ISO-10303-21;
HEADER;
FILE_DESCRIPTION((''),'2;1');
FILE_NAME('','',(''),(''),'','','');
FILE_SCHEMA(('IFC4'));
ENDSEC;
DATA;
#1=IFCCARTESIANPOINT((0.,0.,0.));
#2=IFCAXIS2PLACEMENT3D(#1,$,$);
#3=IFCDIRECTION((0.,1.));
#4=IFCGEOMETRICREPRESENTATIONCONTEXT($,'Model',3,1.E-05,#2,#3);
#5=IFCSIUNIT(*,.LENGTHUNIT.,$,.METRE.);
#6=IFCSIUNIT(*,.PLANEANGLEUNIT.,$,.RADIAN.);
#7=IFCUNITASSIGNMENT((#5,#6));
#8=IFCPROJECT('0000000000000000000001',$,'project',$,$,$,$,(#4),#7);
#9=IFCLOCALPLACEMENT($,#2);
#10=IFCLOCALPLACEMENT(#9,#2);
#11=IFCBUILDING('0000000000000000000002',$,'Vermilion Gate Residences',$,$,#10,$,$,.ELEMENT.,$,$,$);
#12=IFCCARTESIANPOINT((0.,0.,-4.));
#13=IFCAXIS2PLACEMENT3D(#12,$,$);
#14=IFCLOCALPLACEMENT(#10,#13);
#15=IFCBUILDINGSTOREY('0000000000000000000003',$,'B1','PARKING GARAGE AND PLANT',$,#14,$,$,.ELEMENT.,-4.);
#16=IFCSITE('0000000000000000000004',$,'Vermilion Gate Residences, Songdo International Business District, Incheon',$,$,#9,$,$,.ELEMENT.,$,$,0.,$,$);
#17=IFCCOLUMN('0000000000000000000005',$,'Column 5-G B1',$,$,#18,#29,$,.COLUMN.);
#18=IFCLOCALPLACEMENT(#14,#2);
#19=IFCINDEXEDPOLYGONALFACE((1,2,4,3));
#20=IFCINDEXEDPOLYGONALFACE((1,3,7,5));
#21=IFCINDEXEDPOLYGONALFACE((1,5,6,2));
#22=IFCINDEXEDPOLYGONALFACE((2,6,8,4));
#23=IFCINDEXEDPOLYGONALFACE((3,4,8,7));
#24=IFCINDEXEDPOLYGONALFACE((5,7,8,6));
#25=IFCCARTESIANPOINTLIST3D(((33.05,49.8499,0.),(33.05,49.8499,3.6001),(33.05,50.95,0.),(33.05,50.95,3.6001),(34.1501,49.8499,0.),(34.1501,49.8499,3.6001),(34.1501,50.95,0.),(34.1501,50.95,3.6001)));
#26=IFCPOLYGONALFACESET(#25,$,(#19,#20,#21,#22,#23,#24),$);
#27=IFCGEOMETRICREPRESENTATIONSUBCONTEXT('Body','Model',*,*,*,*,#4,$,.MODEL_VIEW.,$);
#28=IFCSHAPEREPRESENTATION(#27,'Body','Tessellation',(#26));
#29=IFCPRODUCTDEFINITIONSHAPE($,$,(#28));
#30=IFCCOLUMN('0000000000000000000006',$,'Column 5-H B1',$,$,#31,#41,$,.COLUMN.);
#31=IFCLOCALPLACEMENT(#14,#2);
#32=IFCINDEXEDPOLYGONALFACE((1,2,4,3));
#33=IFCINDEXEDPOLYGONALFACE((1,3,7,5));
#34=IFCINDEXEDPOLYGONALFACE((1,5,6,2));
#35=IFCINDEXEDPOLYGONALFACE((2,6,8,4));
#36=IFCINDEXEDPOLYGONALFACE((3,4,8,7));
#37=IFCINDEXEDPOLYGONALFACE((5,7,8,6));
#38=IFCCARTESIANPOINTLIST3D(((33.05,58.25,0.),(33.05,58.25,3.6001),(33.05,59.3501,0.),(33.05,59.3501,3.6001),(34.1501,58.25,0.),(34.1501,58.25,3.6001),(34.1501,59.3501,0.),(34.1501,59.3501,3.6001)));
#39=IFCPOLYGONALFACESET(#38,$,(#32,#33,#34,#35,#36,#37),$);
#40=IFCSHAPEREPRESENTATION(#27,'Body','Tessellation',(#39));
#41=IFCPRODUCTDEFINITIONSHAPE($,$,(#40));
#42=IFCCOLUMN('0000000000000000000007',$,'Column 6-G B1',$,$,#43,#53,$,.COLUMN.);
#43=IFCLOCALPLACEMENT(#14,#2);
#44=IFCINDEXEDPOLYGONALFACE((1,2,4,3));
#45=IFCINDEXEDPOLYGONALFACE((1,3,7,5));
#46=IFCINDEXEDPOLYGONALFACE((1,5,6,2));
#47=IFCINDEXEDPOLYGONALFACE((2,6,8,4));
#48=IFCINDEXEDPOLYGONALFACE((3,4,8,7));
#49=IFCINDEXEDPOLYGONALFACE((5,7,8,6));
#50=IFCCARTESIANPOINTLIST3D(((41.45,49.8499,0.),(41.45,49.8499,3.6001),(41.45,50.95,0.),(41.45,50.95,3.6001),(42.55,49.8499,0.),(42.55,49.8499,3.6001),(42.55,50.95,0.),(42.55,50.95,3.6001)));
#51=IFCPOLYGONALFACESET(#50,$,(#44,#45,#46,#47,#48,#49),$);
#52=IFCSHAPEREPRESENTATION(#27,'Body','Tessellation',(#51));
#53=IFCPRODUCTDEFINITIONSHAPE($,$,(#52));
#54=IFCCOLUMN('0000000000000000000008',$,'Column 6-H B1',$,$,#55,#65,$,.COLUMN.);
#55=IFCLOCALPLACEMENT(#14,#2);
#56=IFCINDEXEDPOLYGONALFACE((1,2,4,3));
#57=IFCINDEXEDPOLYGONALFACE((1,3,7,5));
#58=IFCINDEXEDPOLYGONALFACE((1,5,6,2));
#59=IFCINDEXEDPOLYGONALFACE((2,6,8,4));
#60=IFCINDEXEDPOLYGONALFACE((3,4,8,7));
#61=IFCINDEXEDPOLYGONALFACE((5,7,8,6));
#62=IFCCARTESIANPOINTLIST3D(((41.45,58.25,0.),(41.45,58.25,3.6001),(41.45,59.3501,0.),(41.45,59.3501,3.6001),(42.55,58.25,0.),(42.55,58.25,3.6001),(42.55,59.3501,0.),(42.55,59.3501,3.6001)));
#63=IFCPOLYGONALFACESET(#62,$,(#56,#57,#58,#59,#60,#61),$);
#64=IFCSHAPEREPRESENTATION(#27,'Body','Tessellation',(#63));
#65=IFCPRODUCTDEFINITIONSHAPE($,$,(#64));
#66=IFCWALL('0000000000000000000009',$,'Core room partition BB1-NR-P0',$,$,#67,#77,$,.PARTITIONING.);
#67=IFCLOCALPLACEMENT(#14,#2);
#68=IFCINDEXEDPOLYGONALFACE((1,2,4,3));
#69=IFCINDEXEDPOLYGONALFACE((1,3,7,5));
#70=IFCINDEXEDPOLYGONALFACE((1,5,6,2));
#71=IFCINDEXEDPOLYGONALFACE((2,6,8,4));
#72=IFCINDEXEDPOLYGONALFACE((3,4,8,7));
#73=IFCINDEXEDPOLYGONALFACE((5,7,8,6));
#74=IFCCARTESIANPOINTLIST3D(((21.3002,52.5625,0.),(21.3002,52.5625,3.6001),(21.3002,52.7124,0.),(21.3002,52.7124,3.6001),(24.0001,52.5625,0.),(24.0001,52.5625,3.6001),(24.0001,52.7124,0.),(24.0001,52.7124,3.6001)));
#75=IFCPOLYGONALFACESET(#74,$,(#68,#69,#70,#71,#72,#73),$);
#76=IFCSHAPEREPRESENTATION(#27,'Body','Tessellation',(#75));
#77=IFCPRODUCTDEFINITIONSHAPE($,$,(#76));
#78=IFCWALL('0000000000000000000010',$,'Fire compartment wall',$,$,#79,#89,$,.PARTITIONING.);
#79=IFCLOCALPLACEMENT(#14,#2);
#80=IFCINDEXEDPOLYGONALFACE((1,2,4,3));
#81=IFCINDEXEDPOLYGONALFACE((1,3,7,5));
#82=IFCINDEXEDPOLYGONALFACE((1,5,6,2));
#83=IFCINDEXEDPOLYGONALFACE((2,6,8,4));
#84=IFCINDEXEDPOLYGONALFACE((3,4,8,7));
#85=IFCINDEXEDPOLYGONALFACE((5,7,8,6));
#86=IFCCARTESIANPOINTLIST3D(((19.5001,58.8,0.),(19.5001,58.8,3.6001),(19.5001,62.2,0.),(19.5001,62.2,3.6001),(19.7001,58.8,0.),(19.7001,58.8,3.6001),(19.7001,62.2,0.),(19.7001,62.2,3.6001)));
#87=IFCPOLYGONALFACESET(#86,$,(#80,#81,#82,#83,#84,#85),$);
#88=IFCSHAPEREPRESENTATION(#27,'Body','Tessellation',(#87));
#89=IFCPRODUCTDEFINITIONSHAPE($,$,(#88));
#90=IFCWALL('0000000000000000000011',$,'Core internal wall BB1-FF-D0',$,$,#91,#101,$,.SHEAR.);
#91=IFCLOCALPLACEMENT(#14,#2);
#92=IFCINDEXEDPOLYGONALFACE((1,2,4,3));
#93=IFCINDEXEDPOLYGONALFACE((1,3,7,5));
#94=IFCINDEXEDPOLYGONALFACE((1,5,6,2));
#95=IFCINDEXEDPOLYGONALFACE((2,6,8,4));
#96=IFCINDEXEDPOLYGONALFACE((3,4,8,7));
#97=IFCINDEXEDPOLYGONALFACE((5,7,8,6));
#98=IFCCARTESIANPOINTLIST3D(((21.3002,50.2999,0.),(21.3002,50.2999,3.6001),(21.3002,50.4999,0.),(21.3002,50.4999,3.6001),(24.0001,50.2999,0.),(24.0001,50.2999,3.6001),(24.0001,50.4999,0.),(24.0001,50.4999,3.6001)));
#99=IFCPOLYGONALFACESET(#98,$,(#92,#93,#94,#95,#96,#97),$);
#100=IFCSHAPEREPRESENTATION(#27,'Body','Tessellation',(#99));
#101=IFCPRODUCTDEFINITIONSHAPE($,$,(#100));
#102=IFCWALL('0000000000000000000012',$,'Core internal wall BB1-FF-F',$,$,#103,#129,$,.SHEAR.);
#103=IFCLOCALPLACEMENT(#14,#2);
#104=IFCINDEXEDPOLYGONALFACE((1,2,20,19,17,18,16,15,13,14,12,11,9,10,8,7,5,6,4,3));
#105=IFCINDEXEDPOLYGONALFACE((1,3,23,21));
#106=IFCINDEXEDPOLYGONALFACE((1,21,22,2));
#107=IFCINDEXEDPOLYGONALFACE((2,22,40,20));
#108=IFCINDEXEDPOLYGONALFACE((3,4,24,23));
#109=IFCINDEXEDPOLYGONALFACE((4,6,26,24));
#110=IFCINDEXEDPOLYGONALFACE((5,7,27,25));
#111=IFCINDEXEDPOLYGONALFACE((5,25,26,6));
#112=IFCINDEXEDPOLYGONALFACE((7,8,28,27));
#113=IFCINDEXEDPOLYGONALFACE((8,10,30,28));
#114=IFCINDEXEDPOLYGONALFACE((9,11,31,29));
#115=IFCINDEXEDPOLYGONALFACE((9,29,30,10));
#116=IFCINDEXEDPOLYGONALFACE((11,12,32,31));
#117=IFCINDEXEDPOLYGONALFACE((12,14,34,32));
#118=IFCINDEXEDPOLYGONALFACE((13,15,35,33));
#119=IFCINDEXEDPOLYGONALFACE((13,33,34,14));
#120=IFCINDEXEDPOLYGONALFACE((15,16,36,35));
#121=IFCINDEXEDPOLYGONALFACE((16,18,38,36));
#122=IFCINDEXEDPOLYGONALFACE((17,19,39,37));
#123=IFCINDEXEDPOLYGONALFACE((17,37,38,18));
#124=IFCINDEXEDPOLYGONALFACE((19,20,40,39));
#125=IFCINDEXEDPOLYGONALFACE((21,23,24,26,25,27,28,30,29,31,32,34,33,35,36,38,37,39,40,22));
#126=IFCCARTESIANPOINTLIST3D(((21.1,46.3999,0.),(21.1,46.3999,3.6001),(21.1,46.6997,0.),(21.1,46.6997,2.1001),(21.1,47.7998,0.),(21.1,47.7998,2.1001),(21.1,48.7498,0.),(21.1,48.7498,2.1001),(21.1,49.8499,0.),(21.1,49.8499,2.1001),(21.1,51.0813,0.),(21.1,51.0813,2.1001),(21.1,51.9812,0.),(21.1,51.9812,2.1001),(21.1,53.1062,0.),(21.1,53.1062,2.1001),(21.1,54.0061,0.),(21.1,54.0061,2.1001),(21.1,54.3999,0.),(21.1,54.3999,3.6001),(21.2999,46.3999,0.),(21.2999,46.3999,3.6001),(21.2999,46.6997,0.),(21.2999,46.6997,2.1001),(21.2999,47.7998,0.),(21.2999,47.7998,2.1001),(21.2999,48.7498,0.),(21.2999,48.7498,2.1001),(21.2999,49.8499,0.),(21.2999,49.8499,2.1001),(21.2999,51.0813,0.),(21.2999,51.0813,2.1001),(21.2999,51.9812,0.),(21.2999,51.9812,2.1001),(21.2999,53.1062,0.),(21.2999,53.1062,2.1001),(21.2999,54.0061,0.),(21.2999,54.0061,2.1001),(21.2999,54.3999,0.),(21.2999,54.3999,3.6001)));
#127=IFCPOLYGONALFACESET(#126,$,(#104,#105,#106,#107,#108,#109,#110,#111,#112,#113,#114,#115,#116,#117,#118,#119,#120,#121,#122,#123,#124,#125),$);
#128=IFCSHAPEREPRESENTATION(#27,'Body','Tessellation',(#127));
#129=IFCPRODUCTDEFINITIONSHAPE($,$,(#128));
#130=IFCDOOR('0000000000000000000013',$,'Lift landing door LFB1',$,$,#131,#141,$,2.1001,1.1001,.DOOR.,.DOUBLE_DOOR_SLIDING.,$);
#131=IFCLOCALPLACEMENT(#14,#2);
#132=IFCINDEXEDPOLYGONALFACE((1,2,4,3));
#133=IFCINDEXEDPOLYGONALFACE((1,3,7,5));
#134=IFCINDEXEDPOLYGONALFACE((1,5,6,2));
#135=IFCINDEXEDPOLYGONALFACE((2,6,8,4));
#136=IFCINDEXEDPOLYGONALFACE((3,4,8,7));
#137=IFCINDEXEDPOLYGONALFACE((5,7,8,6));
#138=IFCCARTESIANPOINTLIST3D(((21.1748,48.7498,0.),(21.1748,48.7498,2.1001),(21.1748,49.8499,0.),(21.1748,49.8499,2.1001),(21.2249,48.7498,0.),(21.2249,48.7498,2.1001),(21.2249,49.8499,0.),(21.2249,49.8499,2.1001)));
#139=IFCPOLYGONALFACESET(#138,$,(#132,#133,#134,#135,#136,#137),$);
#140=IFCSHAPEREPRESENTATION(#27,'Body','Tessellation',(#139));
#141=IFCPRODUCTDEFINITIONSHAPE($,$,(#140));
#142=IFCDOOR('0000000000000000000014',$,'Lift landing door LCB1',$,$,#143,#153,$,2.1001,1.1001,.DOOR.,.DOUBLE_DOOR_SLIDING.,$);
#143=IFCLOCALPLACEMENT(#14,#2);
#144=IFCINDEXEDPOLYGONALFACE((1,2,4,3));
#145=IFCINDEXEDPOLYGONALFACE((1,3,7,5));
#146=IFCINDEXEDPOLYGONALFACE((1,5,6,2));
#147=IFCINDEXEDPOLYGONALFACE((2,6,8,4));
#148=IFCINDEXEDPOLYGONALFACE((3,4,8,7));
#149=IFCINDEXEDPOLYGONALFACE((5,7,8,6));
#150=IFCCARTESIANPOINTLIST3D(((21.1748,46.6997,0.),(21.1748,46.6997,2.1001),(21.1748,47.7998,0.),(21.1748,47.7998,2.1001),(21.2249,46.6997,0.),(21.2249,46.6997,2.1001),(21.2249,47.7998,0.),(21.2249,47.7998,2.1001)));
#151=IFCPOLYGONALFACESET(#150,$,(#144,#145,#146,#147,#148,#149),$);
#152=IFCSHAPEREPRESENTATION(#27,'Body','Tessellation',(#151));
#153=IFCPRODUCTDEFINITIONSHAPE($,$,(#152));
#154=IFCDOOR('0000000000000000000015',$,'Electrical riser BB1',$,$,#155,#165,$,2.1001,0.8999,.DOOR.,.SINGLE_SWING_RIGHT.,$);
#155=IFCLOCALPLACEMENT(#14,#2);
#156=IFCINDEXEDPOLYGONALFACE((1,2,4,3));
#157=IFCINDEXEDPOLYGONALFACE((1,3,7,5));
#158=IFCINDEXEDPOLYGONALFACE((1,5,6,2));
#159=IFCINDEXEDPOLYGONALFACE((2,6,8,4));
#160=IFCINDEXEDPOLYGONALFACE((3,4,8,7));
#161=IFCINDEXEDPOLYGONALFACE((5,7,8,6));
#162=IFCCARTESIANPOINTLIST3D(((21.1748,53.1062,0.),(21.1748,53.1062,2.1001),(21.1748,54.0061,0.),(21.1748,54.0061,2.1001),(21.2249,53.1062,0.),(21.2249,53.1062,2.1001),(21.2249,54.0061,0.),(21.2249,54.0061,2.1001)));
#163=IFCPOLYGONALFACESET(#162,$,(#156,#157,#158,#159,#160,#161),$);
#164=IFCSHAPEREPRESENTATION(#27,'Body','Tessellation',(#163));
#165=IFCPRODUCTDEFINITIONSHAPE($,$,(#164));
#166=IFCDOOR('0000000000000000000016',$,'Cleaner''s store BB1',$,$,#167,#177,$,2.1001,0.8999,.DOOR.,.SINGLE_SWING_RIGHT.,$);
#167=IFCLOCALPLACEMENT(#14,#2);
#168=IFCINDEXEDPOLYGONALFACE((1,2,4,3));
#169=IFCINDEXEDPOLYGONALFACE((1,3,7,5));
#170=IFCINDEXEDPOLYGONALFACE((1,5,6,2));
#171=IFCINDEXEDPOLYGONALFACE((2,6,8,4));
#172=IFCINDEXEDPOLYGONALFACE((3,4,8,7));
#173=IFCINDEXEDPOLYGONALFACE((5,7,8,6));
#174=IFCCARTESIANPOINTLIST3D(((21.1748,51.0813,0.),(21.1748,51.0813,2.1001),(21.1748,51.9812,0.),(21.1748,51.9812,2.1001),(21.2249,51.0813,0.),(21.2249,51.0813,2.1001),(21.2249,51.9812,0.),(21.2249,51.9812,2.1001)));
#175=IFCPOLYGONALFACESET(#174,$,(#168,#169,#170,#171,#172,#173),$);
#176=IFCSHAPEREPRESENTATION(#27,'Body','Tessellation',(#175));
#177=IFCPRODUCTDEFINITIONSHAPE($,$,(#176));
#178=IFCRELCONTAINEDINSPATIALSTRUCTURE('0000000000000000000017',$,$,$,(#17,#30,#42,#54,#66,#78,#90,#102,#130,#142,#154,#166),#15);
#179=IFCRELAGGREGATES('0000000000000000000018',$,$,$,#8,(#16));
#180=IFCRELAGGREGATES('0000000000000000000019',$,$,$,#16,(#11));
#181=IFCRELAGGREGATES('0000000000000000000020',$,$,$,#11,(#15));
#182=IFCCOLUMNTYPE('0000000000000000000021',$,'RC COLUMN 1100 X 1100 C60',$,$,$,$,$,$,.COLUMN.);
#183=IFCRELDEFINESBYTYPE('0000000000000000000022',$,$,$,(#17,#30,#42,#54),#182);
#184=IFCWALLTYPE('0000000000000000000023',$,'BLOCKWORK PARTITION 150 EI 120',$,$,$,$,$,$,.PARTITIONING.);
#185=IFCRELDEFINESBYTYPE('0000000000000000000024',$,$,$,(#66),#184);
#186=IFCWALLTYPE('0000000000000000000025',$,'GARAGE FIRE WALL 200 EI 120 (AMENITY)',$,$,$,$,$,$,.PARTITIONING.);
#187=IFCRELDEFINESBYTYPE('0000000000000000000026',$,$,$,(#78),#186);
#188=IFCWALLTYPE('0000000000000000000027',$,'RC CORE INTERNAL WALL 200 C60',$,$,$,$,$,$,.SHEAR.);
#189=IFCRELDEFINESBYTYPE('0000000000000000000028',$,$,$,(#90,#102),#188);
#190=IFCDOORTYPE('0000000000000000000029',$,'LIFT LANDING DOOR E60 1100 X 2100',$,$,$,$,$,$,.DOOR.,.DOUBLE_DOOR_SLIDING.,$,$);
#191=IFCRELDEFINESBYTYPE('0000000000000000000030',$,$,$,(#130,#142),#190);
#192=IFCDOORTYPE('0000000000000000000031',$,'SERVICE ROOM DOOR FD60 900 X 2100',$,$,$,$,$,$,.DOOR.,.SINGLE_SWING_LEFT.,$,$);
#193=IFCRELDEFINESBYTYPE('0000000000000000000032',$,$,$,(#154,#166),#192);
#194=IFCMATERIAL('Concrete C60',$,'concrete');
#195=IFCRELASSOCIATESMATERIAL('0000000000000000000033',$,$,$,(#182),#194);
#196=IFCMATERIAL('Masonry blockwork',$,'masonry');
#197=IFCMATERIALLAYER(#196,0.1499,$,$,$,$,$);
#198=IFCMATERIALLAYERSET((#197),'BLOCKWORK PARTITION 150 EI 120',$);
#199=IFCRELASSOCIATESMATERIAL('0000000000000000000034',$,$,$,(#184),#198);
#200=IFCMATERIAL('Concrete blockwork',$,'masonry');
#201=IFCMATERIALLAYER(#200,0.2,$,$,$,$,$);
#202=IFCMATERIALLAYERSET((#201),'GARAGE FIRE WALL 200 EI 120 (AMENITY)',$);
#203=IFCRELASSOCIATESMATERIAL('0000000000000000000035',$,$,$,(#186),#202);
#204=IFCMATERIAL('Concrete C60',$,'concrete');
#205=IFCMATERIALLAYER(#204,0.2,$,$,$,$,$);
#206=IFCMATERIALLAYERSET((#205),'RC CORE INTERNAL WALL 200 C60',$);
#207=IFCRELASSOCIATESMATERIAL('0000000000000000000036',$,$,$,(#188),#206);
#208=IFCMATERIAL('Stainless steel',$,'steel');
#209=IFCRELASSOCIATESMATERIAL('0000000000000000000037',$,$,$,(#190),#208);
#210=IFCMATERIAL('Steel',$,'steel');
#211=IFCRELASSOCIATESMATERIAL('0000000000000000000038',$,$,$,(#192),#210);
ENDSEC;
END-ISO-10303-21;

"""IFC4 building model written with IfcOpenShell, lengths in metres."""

from ifc_helpers import new_model, si_unit, direction, frame, frame_2d, origin, origin_2d, place, context, subcontext, project, spatial, rectangle, extrude, material, layer, layer_set, material_profile, profile_set, type_object, element, fill, save


model = new_model("IFC4")

# Units and contexts
model_context = context("Model", 3, precision=1e-05, world=origin(), true_north=direction((0.0, 1.0)))
body_context = subcontext(model_context, "Body", "Model", "MODEL_VIEW")
ifc_project = project(units=[si_unit("LENGTHUNIT", "METRE"), si_unit("PLANEANGLEUNIT", "RADIAN")], contexts=[model_context])

# Site, building, storey
site_placement = place(None, origin())
site = spatial("IfcSite", under=ifc_project, at=site_placement, Name="Vermilion Gate Residences, Songdo International Business District, Incheon", CompositionType="ELEMENT", RefElevation=0.0)
building_placement = place(site_placement, origin())
building = spatial("IfcBuilding", under=site, at=building_placement, Name="Vermilion Gate Residences", CompositionType="ELEMENT")
storey_placement = place(building_placement, frame((0.0, 0.0, -4.0)))
storey = spatial("IfcBuildingStorey", under=building, at=storey_placement, Name="B1", Description="PARKING GARAGE AND PLANT", CompositionType="ELEMENT", Elevation=-4.0)

# Columns
ifc_material_1 = material(Name="Concrete C60", Category="concrete")
ifc_material_profile = material_profile(ifc_material_1, rectangle(XDim=1.1001, YDim=1.1001, at=origin_2d()), Name="RC-1100x1100")
ifc_profile_set = profile_set([ifc_material_profile], Name="Concrete C60")
column_type = type_object("IfcColumnType", Name="RC COLUMN 1100 X 1100 C60", PredefinedType="COLUMN", material=ifc_profile_set)
for number, where, z_axis, x_axis, name in (
    (1, (33.6001, 50.3999, 0.0), (0.0, 0.0, 1.0), (1.0, 0.0, 0.0), "Column 5-G B1"),
    (2, (33.6001, 58.8, 0.0), (0.0, 0.0, 1.0), (1.0, 0.0, 0.0), "Column 5-H B1"),
    (3, (42.0, 50.3999, 0.0), (0.0, 0.0, 1.0), (1.0, 0.0, 0.0), "Column 6-G B1"),
    (4, (42.0, 58.8, 0.0), (0.0, 0.0, 1.0), (1.0, 0.0, 0.0), "Column 6-H B1"),
):
    element("IfcColumn", number, at=place(storey_placement, frame(where, z_axis=z_axis, x_axis=x_axis)), inside=storey, type_object=column_type, Name=name, PredefinedType="COLUMN", context=body_context, shape_type="SweptSolid", body=[
        extrude(rectangle(XDim=1.1001, YDim=1.1001, at=origin_2d()), origin(), (0.0, 0.0, 1.0), 3.6001),
    ])

# Walls
ifc_material_2 = material(Name="Masonry blockwork", Category="masonry")
ifc_layer_1 = layer(ifc_material_2, 0.1499)
ifc_layer_set_1 = layer_set([ifc_layer_1], Name="BLOCKWORK PARTITION 150 EI 120")
wall_type_1 = type_object("IfcWallType", Name="BLOCKWORK PARTITION 150 EI 120", PredefinedType="PARTITIONING", material=ifc_layer_set_1)
wall_1_placement = place(storey_placement, frame((21.3, 52.6375, 0.0), z_axis=(0.0, 0.0, 1.0), x_axis=(1.0, 0.0, 0.0)))
element("IfcWall", 5, at=wall_1_placement, inside=storey, type_object=wall_type_1, Name="Core room partition BB1-NR-P0", PredefinedType="PARTITIONING", context=body_context, shape_type="SweptSolid", body=[
    extrude(rectangle(XDim=2.7, YDim=0.1499, at=frame_2d((1.3501, 0.0))), origin(), (0.0, 0.0, 1.0), 3.6001),
])
ifc_material_3 = material(Name="Concrete blockwork", Category="masonry")
ifc_layer_2 = layer(ifc_material_3, 0.2)
ifc_layer_set_2 = layer_set([ifc_layer_2], Name="GARAGE FIRE WALL 200 EI 120 (AMENITY)")
wall_type_2 = type_object("IfcWallType", Name="GARAGE FIRE WALL 200 EI 120 (AMENITY)", PredefinedType="PARTITIONING", material=ifc_layer_set_2)
wall_2_placement = place(storey_placement, frame((19.6001, 58.8, 0.0), z_axis=(0.0, 0.0, 1.0), x_axis=(0.0, 1.0, 0.0)))
element("IfcWall", 6, at=wall_2_placement, inside=storey, type_object=wall_type_2, Name="Fire compartment wall", PredefinedType="PARTITIONING", context=body_context, shape_type="SweptSolid", body=[
    extrude(rectangle(XDim=3.3999, YDim=0.2, at=frame_2d((1.7, 0.0))), origin(), (0.0, 0.0, 1.0), 3.6001),
])

# Wall
ifc_material_4 = material(Name="Concrete C60", Category="concrete")
ifc_layer_3 = layer(ifc_material_4, 0.2)
ifc_layer_set_3 = layer_set([ifc_layer_3], Name="RC CORE INTERNAL WALL 200 C60")
wall_type_3 = type_object("IfcWallType", Name="RC CORE INTERNAL WALL 200 C60", PredefinedType="SHEAR", material=ifc_layer_set_3)
wall_3_placement = place(storey_placement, frame((21.3, 50.3999, 0.0), z_axis=(0.0, 0.0, 1.0), x_axis=(1.0, 0.0, 0.0)))
element("IfcWall", 7, at=wall_3_placement, inside=storey, type_object=wall_type_3, Name="Core internal wall BB1-FF-D0", PredefinedType="SHEAR", context=body_context, shape_type="SweptSolid", body=[
    extrude(rectangle(XDim=2.7, YDim=0.2, at=frame_2d((1.3501, 0.0))), origin(), (0.0, 0.0, 1.0), 3.6001),
])

# Wall, openings, doors
wall_4_placement = place(storey_placement, frame((21.2, 54.3999, 0.0), z_axis=(0.0, 0.0, 1.0), x_axis=(0.0, -1.0, 0.0)))
wall_4 = element("IfcWall", 8, at=wall_4_placement, inside=storey, type_object=wall_type_3, Name="Core internal wall BB1-FF-F", PredefinedType="SHEAR", context=body_context, shape_type="SweptSolid", body=[
    extrude(rectangle(XDim=8.0, YDim=0.2, at=frame_2d((4.0, 0.0))), origin(), (0.0, 0.0, 1.0), 3.6001),
])
opening_1_placement = place(wall_4_placement, frame((0.3938, 0.0, 0.0)))
opening_1 = element("IfcOpeningElement", 9, at=opening_1_placement, cuts=wall_4, PredefinedType="OPENING", context=body_context, shape_type="SweptSolid", body=[
    extrude(rectangle(XDim=0.8999, YDim=2.1001, at=frame_2d((0.45, 1.05))), frame((0.0, 0.1099, 0.0), z_axis=(0.0, -1.0, 0.0), x_axis=(1.0, 0.0, 0.0)), (0.0, 0.0, 1.0), 0.22),
])
opening_2_placement = place(wall_4_placement, frame((2.4187, 0.0, 0.0)))
opening_2 = element("IfcOpeningElement", 10, at=opening_2_placement, cuts=wall_4, PredefinedType="OPENING", context=body_context, shape_type="SweptSolid", body=[
    extrude(rectangle(XDim=0.8999, YDim=2.1001, at=frame_2d((0.45, 1.05))), frame((0.0, 0.1099, 0.0), z_axis=(0.0, -1.0, 0.0), x_axis=(1.0, 0.0, 0.0)), (0.0, 0.0, 1.0), 0.22),
])
opening_3_placement = place(wall_4_placement, frame((4.55, 0.0, 0.0)))
opening_3 = element("IfcOpeningElement", 11, at=opening_3_placement, cuts=wall_4, PredefinedType="OPENING", context=body_context, shape_type="SweptSolid", body=[
    extrude(rectangle(XDim=1.1001, YDim=2.1001, at=frame_2d((0.55, 1.05))), frame((0.0, 0.1099, 0.0), z_axis=(0.0, -1.0, 0.0), x_axis=(1.0, 0.0, 0.0)), (0.0, 0.0, 1.0), 0.22),
])
opening_4_placement = place(wall_4_placement, frame((6.6001, 0.0, 0.0)))
opening_4 = element("IfcOpeningElement", 12, at=opening_4_placement, cuts=wall_4, PredefinedType="OPENING", context=body_context, shape_type="SweptSolid", body=[
    extrude(rectangle(XDim=1.1001, YDim=2.1001, at=frame_2d((0.55, 1.05))), frame((0.0, 0.1099, 0.0), z_axis=(0.0, -1.0, 0.0), x_axis=(1.0, 0.0, 0.0)), (0.0, 0.0, 1.0), 0.22),
])
ifc_material_5 = material(Name="Stainless steel", Category="steel")
door_type_1 = type_object("IfcDoorType", Name="LIFT LANDING DOOR E60 1100 X 2100", OperationType="DOUBLE_DOOR_SLIDING", PredefinedType="DOOR", material=ifc_material_5)
door_1_placement = place(opening_3_placement, origin())
door_1 = element("IfcDoor", 13, at=door_1_placement, inside=storey, type_object=door_type_1, Name="Lift landing door LFB1", OperationType="DOUBLE_DOOR_SLIDING", OverallHeight=2.1001, OverallWidth=1.1001, PredefinedType="DOOR", context=body_context, shape_type="SweptSolid", body=[
    extrude(rectangle(XDim=1.1001, YDim=2.1001, at=frame_2d((0.55, 1.05))), frame((0.0, 0.0249, 0.0), z_axis=(0.0, -1.0, 0.0), x_axis=(1.0, 0.0, 0.0)), (0.0, 0.0, 1.0), 0.05),
])
fill(opening_3, door_1)
door_2_placement = place(opening_4_placement, origin())
door_2 = element("IfcDoor", 14, at=door_2_placement, inside=storey, type_object=door_type_1, Name="Lift landing door LCB1", OperationType="DOUBLE_DOOR_SLIDING", OverallHeight=2.1001, OverallWidth=1.1001, PredefinedType="DOOR", context=body_context, shape_type="SweptSolid", body=[
    extrude(rectangle(XDim=1.1001, YDim=2.1001, at=frame_2d((0.55, 1.05))), frame((0.0, 0.0249, 0.0), z_axis=(0.0, -1.0, 0.0), x_axis=(1.0, 0.0, 0.0)), (0.0, 0.0, 1.0), 0.05),
])
fill(opening_4, door_2)
ifc_material_6 = material(Name="Steel", Category="steel")
door_type_2 = type_object("IfcDoorType", Name="SERVICE ROOM DOOR FD60 900 X 2100", OperationType="SINGLE_SWING_LEFT", PredefinedType="DOOR", material=ifc_material_6)
door_3_placement = place(opening_1_placement, origin())
door_3 = element("IfcDoor", 15, at=door_3_placement, inside=storey, type_object=door_type_2, Name="Electrical riser BB1", OperationType="SINGLE_SWING_RIGHT", OverallHeight=2.1001, OverallWidth=0.8999, PredefinedType="DOOR", context=body_context, shape_type="SweptSolid", body=[
    extrude(rectangle(XDim=0.8999, YDim=2.1001, at=frame_2d((0.45, 1.05))), frame((0.0, 0.0249, 0.0), z_axis=(0.0, -1.0, 0.0), x_axis=(1.0, 0.0, 0.0)), (0.0, 0.0, 1.0), 0.05),
])
fill(opening_1, door_3)
door_4_placement = place(opening_2_placement, origin())
door_4 = element("IfcDoor", 16, at=door_4_placement, inside=storey, type_object=door_type_2, Name="Cleaner's store BB1", OperationType="SINGLE_SWING_RIGHT", OverallHeight=2.1001, OverallWidth=0.8999, PredefinedType="DOOR", context=body_context, shape_type="SweptSolid", body=[
    extrude(rectangle(XDim=0.8999, YDim=2.1001, at=frame_2d((0.45, 1.05))), frame((0.0, 0.0249, 0.0), z_axis=(0.0, -1.0, 0.0), x_axis=(1.0, 0.0, 0.0)), (0.0, 0.0, 1.0), 0.05),
])
fill(opening_2, door_4)

save(model, "model.ifc")
